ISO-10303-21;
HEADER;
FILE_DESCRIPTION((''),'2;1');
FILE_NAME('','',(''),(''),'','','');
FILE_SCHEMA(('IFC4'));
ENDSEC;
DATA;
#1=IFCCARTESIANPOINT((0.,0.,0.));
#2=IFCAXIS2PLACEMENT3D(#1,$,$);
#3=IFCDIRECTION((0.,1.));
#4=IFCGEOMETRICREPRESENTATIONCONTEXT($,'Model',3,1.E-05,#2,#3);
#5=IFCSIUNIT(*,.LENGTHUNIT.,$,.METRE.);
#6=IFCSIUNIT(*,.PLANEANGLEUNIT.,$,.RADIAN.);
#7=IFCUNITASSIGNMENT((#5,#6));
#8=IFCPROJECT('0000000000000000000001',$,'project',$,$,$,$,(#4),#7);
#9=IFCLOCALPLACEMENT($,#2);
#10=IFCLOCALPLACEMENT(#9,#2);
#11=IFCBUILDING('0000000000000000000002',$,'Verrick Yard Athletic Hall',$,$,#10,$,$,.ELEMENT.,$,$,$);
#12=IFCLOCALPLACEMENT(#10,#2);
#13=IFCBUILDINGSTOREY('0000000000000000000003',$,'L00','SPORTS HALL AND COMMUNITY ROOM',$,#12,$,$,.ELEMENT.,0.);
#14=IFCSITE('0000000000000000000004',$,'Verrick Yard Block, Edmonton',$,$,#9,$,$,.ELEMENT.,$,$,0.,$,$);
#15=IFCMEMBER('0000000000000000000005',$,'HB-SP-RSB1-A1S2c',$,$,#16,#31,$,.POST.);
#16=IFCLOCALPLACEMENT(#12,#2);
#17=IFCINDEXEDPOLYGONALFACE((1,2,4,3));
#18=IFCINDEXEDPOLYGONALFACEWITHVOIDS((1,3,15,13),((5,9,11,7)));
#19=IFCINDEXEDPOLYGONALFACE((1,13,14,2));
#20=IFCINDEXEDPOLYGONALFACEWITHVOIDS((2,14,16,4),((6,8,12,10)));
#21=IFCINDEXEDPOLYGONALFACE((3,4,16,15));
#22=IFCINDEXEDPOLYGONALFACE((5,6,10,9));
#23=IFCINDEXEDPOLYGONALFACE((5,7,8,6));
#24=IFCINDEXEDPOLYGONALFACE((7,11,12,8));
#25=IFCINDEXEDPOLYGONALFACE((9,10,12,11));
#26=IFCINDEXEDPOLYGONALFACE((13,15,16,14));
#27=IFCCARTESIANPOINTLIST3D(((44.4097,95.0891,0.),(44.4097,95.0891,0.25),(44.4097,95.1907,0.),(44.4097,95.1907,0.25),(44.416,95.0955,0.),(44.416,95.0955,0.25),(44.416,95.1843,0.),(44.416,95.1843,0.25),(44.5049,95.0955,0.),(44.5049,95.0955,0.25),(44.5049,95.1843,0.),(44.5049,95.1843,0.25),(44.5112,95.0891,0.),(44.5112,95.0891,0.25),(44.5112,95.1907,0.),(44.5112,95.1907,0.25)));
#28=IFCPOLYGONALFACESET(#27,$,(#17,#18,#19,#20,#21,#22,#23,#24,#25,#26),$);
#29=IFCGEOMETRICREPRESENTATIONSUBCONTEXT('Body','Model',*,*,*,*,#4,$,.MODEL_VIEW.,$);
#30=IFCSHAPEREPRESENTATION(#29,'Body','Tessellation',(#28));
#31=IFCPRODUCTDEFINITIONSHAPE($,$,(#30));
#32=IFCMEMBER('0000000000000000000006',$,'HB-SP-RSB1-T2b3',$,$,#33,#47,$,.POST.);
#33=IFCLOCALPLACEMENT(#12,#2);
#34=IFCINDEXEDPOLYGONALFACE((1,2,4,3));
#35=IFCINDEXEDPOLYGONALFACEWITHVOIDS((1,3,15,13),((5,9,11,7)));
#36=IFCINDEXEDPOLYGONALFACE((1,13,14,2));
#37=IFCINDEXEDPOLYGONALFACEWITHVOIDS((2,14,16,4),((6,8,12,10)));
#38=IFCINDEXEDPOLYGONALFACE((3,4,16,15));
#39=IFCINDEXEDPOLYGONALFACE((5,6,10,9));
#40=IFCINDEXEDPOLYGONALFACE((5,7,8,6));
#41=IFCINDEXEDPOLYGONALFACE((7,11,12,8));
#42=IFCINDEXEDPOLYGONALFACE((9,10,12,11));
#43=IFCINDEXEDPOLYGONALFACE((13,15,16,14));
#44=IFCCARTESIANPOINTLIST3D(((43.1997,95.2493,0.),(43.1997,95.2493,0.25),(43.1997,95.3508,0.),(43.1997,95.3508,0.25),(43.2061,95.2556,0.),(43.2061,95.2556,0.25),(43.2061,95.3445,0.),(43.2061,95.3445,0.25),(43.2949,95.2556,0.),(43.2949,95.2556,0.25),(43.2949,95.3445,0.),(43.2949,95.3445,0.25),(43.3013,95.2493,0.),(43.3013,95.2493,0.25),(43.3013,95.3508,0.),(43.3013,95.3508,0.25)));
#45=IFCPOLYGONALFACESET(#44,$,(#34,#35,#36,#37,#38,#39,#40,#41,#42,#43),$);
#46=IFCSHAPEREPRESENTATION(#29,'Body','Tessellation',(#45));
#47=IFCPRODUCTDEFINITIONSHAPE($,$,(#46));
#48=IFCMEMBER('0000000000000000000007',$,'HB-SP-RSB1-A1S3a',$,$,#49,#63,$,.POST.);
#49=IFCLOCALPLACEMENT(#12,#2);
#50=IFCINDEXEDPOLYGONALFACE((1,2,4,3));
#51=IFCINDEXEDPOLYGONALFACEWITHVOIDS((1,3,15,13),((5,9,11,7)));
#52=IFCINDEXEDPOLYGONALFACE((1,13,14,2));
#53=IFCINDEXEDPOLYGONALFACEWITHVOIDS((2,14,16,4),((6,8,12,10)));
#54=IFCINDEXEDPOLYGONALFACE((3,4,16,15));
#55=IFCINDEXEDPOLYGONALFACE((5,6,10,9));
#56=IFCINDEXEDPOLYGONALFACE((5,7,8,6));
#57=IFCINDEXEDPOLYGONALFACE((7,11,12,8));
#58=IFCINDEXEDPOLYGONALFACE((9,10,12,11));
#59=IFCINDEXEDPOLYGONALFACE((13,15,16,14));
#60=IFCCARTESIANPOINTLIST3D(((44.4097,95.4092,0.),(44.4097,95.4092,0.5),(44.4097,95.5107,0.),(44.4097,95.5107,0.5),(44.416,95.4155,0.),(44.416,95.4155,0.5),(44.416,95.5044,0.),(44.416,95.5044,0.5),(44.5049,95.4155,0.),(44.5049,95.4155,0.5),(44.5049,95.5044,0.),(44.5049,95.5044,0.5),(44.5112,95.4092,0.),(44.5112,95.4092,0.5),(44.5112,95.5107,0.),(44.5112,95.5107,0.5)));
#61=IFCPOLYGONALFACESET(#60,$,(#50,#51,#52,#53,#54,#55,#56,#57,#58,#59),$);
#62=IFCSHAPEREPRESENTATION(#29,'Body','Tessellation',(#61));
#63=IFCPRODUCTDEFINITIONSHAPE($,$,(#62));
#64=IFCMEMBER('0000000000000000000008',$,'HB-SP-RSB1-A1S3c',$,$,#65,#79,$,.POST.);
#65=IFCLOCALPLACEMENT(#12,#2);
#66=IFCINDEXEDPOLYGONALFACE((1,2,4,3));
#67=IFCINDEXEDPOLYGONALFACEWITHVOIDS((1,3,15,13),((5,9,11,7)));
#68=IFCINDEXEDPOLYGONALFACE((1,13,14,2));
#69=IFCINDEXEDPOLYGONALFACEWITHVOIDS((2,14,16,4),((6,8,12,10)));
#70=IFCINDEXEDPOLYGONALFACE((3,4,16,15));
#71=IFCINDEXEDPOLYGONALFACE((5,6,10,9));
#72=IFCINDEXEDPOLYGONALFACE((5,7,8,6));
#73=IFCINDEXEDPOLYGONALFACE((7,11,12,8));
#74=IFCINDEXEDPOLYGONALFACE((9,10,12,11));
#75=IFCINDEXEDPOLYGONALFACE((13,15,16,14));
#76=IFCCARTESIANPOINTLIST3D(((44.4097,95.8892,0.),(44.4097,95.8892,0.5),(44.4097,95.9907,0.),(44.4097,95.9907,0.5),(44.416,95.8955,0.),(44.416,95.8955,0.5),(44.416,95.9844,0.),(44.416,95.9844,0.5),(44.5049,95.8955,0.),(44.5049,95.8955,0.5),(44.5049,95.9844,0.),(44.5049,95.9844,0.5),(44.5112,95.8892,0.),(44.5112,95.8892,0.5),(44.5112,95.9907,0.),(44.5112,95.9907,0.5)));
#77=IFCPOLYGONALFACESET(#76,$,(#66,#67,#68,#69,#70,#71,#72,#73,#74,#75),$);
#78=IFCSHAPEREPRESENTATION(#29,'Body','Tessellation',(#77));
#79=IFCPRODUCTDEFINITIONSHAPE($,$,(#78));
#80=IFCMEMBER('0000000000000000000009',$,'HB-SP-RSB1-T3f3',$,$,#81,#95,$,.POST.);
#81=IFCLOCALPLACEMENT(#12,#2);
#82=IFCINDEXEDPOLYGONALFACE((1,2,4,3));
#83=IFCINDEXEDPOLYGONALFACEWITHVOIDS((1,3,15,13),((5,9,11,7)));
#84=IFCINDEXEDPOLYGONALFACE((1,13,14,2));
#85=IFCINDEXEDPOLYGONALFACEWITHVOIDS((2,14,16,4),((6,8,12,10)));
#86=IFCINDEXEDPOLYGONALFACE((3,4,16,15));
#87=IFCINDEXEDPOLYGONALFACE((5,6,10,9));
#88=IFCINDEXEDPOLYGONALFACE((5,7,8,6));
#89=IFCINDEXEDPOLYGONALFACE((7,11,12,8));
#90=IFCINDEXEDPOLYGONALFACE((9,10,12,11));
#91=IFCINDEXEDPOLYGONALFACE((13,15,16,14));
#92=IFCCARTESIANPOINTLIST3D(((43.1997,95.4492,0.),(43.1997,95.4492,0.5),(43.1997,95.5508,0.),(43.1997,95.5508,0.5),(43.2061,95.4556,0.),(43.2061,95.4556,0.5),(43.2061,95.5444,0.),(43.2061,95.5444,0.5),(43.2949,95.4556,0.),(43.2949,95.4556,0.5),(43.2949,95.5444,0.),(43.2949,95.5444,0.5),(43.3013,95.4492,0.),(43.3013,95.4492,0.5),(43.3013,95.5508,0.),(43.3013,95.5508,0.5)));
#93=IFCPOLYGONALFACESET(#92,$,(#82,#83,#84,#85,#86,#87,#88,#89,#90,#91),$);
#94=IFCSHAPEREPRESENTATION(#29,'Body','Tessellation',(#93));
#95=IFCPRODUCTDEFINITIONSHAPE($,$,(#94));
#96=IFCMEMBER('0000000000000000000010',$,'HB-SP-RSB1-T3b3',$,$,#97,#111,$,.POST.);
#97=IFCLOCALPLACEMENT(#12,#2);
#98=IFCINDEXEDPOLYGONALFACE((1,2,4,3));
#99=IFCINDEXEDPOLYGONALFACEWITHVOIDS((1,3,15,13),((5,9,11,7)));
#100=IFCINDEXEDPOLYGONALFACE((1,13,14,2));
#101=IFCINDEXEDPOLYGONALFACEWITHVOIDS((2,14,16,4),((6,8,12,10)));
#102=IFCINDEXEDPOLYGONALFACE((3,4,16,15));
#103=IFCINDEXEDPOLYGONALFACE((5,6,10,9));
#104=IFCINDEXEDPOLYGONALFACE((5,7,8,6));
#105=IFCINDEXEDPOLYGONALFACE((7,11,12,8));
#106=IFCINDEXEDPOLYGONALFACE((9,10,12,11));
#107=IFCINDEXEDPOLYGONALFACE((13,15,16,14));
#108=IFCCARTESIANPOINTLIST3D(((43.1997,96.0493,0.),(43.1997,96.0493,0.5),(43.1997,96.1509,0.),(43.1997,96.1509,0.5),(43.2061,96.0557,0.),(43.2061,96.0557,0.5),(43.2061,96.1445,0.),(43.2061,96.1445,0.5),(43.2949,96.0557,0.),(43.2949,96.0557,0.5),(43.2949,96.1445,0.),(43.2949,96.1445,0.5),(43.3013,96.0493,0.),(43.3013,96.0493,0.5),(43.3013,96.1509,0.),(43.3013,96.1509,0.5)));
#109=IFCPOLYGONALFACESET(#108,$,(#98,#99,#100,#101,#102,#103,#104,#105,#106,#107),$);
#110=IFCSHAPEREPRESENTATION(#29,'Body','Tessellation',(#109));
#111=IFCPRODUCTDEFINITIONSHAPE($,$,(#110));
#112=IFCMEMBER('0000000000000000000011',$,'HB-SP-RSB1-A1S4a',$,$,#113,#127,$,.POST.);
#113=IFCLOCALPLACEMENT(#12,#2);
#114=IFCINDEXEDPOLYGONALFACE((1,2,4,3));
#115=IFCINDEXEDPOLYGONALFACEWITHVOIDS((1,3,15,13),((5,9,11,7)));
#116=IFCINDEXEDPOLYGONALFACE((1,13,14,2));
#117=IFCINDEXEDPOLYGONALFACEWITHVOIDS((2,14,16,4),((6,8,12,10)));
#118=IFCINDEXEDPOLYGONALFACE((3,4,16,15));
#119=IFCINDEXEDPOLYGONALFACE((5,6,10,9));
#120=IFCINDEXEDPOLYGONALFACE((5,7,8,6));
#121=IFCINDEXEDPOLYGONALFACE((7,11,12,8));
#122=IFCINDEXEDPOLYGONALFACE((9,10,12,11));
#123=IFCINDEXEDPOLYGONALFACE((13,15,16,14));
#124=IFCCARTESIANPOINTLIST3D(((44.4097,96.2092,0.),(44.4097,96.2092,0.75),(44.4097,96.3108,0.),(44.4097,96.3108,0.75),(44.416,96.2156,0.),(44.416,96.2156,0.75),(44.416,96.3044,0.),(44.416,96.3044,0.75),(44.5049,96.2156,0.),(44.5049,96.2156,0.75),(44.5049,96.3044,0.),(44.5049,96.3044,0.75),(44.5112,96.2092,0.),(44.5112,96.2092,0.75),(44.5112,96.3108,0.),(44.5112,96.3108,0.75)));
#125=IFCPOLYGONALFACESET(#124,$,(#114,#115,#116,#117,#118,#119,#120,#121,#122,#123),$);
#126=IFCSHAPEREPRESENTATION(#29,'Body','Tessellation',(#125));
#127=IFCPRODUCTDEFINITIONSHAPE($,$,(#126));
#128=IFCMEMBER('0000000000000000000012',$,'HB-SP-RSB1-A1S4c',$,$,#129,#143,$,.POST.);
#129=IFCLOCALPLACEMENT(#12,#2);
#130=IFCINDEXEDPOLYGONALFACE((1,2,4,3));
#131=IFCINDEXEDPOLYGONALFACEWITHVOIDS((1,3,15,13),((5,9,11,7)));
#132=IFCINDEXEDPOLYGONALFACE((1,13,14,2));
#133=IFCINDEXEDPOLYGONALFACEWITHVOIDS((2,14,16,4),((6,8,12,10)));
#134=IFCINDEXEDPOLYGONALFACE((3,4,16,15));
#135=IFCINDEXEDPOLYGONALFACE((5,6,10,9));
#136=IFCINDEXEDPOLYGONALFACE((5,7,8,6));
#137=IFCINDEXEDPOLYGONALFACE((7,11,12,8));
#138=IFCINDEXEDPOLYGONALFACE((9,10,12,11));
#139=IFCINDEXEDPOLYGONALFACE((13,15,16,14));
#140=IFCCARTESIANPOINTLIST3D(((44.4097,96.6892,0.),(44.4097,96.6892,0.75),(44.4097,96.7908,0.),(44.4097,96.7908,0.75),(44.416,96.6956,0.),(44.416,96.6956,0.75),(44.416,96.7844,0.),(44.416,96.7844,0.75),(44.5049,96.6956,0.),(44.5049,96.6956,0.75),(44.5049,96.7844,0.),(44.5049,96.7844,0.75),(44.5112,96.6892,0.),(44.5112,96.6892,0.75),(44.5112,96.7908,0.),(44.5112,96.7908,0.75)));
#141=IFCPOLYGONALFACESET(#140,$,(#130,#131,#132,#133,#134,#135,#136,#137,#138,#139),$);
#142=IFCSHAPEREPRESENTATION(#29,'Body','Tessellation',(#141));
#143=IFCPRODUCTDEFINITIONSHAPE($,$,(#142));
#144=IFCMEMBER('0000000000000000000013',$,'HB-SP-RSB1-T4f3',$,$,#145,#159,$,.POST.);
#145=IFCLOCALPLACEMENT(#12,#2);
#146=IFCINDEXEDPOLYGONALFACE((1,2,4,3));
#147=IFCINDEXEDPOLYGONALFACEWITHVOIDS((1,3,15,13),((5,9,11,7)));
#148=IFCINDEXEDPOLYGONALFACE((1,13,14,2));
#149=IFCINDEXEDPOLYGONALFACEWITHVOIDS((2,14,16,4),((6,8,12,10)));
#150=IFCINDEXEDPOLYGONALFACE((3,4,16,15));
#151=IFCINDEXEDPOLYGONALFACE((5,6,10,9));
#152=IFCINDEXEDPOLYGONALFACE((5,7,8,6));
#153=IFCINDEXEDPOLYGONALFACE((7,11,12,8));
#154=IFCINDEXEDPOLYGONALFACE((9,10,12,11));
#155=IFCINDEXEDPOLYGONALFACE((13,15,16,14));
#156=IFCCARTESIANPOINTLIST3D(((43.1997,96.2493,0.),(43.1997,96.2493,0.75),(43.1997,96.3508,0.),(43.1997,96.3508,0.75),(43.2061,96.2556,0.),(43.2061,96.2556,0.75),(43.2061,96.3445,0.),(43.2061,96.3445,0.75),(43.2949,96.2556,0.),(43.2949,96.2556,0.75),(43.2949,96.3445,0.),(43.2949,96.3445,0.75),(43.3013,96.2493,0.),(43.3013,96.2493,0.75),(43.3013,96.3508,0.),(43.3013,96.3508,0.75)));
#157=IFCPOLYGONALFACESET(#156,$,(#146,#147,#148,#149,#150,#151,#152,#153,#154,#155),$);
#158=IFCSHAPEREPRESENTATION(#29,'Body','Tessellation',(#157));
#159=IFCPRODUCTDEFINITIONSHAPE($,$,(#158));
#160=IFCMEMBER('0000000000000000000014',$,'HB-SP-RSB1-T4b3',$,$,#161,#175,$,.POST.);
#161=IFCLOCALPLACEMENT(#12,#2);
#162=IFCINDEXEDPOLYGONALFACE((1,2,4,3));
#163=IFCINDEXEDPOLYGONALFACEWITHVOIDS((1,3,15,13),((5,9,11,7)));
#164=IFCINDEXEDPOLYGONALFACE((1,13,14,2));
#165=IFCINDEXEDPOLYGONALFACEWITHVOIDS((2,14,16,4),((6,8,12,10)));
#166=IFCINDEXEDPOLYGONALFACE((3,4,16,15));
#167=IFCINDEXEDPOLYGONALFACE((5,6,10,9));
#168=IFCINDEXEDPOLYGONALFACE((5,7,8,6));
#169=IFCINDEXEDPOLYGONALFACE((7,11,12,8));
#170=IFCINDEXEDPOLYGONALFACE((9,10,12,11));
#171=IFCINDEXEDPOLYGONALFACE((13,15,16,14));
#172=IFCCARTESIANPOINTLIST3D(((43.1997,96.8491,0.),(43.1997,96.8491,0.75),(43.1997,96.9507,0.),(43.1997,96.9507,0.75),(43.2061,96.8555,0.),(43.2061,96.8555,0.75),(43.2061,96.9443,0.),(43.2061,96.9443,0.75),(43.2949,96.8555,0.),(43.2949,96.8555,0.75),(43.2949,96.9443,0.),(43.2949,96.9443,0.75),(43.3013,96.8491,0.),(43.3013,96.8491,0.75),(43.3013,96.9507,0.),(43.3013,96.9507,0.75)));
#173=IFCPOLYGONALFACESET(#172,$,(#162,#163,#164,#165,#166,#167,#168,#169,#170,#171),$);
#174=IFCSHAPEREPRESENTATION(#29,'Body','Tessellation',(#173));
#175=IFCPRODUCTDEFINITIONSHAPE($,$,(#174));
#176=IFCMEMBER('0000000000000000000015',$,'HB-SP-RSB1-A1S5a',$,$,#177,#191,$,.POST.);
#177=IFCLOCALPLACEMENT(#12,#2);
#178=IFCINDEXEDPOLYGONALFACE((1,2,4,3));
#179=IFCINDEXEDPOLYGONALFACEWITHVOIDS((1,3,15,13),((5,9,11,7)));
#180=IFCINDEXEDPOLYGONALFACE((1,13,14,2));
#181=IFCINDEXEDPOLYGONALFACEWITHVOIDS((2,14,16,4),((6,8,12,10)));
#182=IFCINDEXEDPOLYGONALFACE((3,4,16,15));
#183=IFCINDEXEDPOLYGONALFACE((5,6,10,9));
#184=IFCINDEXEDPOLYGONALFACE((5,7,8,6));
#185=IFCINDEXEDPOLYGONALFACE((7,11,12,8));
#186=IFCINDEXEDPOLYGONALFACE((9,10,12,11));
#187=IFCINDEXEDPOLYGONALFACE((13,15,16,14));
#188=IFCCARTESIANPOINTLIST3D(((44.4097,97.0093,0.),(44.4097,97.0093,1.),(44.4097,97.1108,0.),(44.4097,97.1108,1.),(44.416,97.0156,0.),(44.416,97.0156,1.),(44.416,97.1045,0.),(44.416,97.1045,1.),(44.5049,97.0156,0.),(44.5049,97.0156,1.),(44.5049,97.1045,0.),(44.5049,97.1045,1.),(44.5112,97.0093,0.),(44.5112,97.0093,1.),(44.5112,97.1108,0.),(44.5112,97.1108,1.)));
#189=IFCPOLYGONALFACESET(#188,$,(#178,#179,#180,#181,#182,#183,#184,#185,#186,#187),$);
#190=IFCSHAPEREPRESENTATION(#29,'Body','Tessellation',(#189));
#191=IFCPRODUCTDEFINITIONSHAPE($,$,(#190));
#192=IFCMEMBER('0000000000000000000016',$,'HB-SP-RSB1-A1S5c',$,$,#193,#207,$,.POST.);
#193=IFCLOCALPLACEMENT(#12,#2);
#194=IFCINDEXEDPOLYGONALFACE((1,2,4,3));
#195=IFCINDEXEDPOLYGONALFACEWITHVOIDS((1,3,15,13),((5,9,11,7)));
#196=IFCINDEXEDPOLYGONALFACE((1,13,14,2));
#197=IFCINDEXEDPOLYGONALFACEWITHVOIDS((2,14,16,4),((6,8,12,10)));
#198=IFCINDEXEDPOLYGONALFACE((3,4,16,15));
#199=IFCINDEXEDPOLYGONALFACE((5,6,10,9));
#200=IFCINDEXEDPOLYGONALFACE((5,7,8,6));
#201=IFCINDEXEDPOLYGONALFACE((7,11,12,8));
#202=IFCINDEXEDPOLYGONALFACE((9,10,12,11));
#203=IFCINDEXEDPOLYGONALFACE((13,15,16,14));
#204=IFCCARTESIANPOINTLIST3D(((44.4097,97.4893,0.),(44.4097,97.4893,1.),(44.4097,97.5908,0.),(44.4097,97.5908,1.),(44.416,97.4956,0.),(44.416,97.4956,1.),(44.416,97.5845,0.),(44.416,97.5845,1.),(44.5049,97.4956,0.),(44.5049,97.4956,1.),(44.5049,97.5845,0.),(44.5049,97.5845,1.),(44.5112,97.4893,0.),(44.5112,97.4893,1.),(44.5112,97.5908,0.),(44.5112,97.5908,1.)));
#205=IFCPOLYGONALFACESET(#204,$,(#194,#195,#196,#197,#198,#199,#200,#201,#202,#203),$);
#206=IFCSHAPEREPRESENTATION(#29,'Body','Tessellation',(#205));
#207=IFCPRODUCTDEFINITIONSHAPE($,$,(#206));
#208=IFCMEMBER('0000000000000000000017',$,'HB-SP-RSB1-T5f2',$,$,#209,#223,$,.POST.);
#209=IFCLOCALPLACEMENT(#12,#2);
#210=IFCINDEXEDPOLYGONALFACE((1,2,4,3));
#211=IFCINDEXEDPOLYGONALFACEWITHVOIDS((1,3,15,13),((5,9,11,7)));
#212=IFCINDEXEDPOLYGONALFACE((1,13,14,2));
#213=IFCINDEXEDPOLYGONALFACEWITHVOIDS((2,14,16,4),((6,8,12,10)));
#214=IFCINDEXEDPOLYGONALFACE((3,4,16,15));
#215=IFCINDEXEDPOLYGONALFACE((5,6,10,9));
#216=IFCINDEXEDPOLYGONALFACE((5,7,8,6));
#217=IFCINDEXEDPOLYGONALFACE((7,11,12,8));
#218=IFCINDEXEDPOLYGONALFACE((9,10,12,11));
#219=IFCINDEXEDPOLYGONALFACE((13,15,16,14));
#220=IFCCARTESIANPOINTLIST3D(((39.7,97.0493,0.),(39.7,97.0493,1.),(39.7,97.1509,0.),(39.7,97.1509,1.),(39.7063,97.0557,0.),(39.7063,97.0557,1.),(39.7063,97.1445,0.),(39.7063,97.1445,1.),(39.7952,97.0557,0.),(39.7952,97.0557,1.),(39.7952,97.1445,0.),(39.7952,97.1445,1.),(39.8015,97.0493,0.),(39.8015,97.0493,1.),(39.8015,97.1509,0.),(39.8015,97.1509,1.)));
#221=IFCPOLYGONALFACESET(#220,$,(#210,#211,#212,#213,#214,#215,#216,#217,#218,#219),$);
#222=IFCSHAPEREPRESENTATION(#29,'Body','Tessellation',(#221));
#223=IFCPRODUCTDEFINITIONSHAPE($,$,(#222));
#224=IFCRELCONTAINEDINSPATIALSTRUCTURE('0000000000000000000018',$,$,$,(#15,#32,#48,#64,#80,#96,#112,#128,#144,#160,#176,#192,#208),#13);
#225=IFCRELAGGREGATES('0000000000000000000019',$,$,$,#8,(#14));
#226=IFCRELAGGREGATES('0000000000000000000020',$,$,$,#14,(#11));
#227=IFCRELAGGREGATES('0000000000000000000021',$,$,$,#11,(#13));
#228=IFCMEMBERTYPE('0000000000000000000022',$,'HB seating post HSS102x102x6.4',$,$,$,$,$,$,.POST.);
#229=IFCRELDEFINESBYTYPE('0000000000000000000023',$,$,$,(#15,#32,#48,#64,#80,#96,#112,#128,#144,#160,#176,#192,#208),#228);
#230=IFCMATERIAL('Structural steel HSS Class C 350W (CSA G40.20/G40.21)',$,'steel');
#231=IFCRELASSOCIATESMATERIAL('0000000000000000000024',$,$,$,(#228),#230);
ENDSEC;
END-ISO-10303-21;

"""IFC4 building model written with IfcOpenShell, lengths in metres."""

from ifc_helpers import new_model, si_unit, direction, frame, origin, origin_2d, place, context, subcontext, project, spatial, hollow_rectangle, extrude, material, material_profile, profile_set, type_object, element, save


model = new_model("IFC4")

# Units and contexts
model_context = context("Model", 3, precision=1e-05, world=origin(), true_north=direction((0.0, 1.0)))
body_context = subcontext(model_context, "Body", "Model", "MODEL_VIEW")
ifc_project = project(units=[si_unit("LENGTHUNIT", "METRE"), si_unit("PLANEANGLEUNIT", "RADIAN")], contexts=[model_context])

# Site, building, storey
site_placement = place(None, origin())
site = spatial("IfcSite", under=ifc_project, at=site_placement, Name="Verrick Yard Block, Edmonton", CompositionType="ELEMENT", RefElevation=0.0)
building_placement = place(site_placement, origin())
building = spatial("IfcBuilding", under=site, at=building_placement, Name="Verrick Yard Athletic Hall", CompositionType="ELEMENT")
storey_placement = place(building_placement, origin())
storey = spatial("IfcBuildingStorey", under=building, at=storey_placement, Name="L00", Description="SPORTS HALL AND COMMUNITY ROOM", CompositionType="ELEMENT", Elevation=0.0)

# Members
ifc_material = material(Name="Structural steel HSS Class C 350W (CSA G40.20/G40.21)", Category="steel")
ifc_material_profile = material_profile(ifc_material, hollow_rectangle(XDim=0.1016, YDim=0.1016, WallThickness=0.0063, at=origin_2d()), Name="HSS102x102x6.4")
ifc_profile_set = profile_set([ifc_material_profile], Name="Structural steel HSS Class C 350W (CSA G40.20/G40.21)")
member_type = type_object("IfcMemberType", Name="HB seating post HSS102x102x6.4", PredefinedType="POST", material=ifc_profile_set)
for number, where, z_axis, x_axis, name in (
    (1, (44.4604, 95.1399, 0.0), (0.0, 0.0, 1.0), (0.0, 1.0, 0.0), "HB-SP-RSB1-A1S2c"),
    (2, (43.2505, 95.3, 0.0), (0.0, 0.0, 1.0), (0.0, 1.0, 0.0), "HB-SP-RSB1-T2b3"),
):
    element("IfcMember", number, at=place(storey_placement, frame(where, z_axis=z_axis, x_axis=x_axis)), inside=storey, type_object=member_type, Name=name, PredefinedType="POST", context=body_context, shape_type="SweptSolid", body=[
        extrude(hollow_rectangle(XDim=0.1016, YDim=0.1016, WallThickness=0.0063, at=origin_2d()), origin(), (0.0, 0.0, 1.0), 0.25),
    ])
for number, where, z_axis, x_axis, name in (
    (3, (44.4604, 95.46, 0.0), (0.0, 0.0, 1.0), (0.0, 1.0, 0.0), "HB-SP-RSB1-A1S3a"),
    (4, (44.4604, 95.9399, 0.0), (0.0, 0.0, 1.0), (0.0, 1.0, 0.0), "HB-SP-RSB1-A1S3c"),
    (5, (43.2505, 95.5, 0.0), (0.0, 0.0, 1.0), (0.0, 1.0, 0.0), "HB-SP-RSB1-T3f3"),
    (6, (43.2505, 96.1001, 0.0), (0.0, 0.0, 1.0), (0.0, 1.0, 0.0), "HB-SP-RSB1-T3b3"),
):
    element("IfcMember", number, at=place(storey_placement, frame(where, z_axis=z_axis, x_axis=x_axis)), inside=storey, type_object=member_type, Name=name, PredefinedType="POST", context=body_context, shape_type="SweptSolid", body=[
        extrude(hollow_rectangle(XDim=0.1016, YDim=0.1016, WallThickness=0.0063, at=origin_2d()), origin(), (0.0, 0.0, 1.0), 0.5),
    ])
for number, where, z_axis, x_axis, name in (
    (7, (44.4604, 96.26, 0.0), (0.0, 0.0, 1.0), (0.0, 1.0, 0.0), "HB-SP-RSB1-A1S4a"),
    (8, (44.4604, 96.74, 0.0), (0.0, 0.0, 1.0), (0.0, 1.0, 0.0), "HB-SP-RSB1-A1S4c"),
    (9, (43.2505, 96.3, 0.0), (0.0, 0.0, 1.0), (0.0, 1.0, 0.0), "HB-SP-RSB1-T4f3"),
    (10, (43.2505, 96.8999, 0.0), (0.0, 0.0, 1.0), (0.0, 1.0, 0.0), "HB-SP-RSB1-T4b3"),
):
    element("IfcMember", number, at=place(storey_placement, frame(where, z_axis=z_axis, x_axis=x_axis)), inside=storey, type_object=member_type, Name=name, PredefinedType="POST", context=body_context, shape_type="SweptSolid", body=[
        extrude(hollow_rectangle(XDim=0.1016, YDim=0.1016, WallThickness=0.0063, at=origin_2d()), origin(), (0.0, 0.0, 1.0), 0.75),
    ])
for number, where, z_axis, x_axis, name in (
    (11, (44.4604, 97.0601, 0.0), (0.0, 0.0, 1.0), (0.0, 1.0, 0.0), "HB-SP-RSB1-A1S5a"),
    (12, (44.4604, 97.54, 0.0), (0.0, 0.0, 1.0), (0.0, 1.0, 0.0), "HB-SP-RSB1-A1S5c"),
    (13, (39.7507, 97.1001, 0.0), (0.0, 0.0, 1.0), (0.0, 1.0, 0.0), "HB-SP-RSB1-T5f2"),
):
    element("IfcMember", number, at=place(storey_placement, frame(where, z_axis=z_axis, x_axis=x_axis)), inside=storey, type_object=member_type, Name=name, PredefinedType="POST", context=body_context, shape_type="SweptSolid", body=[
        extrude(hollow_rectangle(XDim=0.1016, YDim=0.1016, WallThickness=0.0063, at=origin_2d()), origin(), (0.0, 0.0, 1.0), 1.0),
    ])

save(model, "model.ifc")
